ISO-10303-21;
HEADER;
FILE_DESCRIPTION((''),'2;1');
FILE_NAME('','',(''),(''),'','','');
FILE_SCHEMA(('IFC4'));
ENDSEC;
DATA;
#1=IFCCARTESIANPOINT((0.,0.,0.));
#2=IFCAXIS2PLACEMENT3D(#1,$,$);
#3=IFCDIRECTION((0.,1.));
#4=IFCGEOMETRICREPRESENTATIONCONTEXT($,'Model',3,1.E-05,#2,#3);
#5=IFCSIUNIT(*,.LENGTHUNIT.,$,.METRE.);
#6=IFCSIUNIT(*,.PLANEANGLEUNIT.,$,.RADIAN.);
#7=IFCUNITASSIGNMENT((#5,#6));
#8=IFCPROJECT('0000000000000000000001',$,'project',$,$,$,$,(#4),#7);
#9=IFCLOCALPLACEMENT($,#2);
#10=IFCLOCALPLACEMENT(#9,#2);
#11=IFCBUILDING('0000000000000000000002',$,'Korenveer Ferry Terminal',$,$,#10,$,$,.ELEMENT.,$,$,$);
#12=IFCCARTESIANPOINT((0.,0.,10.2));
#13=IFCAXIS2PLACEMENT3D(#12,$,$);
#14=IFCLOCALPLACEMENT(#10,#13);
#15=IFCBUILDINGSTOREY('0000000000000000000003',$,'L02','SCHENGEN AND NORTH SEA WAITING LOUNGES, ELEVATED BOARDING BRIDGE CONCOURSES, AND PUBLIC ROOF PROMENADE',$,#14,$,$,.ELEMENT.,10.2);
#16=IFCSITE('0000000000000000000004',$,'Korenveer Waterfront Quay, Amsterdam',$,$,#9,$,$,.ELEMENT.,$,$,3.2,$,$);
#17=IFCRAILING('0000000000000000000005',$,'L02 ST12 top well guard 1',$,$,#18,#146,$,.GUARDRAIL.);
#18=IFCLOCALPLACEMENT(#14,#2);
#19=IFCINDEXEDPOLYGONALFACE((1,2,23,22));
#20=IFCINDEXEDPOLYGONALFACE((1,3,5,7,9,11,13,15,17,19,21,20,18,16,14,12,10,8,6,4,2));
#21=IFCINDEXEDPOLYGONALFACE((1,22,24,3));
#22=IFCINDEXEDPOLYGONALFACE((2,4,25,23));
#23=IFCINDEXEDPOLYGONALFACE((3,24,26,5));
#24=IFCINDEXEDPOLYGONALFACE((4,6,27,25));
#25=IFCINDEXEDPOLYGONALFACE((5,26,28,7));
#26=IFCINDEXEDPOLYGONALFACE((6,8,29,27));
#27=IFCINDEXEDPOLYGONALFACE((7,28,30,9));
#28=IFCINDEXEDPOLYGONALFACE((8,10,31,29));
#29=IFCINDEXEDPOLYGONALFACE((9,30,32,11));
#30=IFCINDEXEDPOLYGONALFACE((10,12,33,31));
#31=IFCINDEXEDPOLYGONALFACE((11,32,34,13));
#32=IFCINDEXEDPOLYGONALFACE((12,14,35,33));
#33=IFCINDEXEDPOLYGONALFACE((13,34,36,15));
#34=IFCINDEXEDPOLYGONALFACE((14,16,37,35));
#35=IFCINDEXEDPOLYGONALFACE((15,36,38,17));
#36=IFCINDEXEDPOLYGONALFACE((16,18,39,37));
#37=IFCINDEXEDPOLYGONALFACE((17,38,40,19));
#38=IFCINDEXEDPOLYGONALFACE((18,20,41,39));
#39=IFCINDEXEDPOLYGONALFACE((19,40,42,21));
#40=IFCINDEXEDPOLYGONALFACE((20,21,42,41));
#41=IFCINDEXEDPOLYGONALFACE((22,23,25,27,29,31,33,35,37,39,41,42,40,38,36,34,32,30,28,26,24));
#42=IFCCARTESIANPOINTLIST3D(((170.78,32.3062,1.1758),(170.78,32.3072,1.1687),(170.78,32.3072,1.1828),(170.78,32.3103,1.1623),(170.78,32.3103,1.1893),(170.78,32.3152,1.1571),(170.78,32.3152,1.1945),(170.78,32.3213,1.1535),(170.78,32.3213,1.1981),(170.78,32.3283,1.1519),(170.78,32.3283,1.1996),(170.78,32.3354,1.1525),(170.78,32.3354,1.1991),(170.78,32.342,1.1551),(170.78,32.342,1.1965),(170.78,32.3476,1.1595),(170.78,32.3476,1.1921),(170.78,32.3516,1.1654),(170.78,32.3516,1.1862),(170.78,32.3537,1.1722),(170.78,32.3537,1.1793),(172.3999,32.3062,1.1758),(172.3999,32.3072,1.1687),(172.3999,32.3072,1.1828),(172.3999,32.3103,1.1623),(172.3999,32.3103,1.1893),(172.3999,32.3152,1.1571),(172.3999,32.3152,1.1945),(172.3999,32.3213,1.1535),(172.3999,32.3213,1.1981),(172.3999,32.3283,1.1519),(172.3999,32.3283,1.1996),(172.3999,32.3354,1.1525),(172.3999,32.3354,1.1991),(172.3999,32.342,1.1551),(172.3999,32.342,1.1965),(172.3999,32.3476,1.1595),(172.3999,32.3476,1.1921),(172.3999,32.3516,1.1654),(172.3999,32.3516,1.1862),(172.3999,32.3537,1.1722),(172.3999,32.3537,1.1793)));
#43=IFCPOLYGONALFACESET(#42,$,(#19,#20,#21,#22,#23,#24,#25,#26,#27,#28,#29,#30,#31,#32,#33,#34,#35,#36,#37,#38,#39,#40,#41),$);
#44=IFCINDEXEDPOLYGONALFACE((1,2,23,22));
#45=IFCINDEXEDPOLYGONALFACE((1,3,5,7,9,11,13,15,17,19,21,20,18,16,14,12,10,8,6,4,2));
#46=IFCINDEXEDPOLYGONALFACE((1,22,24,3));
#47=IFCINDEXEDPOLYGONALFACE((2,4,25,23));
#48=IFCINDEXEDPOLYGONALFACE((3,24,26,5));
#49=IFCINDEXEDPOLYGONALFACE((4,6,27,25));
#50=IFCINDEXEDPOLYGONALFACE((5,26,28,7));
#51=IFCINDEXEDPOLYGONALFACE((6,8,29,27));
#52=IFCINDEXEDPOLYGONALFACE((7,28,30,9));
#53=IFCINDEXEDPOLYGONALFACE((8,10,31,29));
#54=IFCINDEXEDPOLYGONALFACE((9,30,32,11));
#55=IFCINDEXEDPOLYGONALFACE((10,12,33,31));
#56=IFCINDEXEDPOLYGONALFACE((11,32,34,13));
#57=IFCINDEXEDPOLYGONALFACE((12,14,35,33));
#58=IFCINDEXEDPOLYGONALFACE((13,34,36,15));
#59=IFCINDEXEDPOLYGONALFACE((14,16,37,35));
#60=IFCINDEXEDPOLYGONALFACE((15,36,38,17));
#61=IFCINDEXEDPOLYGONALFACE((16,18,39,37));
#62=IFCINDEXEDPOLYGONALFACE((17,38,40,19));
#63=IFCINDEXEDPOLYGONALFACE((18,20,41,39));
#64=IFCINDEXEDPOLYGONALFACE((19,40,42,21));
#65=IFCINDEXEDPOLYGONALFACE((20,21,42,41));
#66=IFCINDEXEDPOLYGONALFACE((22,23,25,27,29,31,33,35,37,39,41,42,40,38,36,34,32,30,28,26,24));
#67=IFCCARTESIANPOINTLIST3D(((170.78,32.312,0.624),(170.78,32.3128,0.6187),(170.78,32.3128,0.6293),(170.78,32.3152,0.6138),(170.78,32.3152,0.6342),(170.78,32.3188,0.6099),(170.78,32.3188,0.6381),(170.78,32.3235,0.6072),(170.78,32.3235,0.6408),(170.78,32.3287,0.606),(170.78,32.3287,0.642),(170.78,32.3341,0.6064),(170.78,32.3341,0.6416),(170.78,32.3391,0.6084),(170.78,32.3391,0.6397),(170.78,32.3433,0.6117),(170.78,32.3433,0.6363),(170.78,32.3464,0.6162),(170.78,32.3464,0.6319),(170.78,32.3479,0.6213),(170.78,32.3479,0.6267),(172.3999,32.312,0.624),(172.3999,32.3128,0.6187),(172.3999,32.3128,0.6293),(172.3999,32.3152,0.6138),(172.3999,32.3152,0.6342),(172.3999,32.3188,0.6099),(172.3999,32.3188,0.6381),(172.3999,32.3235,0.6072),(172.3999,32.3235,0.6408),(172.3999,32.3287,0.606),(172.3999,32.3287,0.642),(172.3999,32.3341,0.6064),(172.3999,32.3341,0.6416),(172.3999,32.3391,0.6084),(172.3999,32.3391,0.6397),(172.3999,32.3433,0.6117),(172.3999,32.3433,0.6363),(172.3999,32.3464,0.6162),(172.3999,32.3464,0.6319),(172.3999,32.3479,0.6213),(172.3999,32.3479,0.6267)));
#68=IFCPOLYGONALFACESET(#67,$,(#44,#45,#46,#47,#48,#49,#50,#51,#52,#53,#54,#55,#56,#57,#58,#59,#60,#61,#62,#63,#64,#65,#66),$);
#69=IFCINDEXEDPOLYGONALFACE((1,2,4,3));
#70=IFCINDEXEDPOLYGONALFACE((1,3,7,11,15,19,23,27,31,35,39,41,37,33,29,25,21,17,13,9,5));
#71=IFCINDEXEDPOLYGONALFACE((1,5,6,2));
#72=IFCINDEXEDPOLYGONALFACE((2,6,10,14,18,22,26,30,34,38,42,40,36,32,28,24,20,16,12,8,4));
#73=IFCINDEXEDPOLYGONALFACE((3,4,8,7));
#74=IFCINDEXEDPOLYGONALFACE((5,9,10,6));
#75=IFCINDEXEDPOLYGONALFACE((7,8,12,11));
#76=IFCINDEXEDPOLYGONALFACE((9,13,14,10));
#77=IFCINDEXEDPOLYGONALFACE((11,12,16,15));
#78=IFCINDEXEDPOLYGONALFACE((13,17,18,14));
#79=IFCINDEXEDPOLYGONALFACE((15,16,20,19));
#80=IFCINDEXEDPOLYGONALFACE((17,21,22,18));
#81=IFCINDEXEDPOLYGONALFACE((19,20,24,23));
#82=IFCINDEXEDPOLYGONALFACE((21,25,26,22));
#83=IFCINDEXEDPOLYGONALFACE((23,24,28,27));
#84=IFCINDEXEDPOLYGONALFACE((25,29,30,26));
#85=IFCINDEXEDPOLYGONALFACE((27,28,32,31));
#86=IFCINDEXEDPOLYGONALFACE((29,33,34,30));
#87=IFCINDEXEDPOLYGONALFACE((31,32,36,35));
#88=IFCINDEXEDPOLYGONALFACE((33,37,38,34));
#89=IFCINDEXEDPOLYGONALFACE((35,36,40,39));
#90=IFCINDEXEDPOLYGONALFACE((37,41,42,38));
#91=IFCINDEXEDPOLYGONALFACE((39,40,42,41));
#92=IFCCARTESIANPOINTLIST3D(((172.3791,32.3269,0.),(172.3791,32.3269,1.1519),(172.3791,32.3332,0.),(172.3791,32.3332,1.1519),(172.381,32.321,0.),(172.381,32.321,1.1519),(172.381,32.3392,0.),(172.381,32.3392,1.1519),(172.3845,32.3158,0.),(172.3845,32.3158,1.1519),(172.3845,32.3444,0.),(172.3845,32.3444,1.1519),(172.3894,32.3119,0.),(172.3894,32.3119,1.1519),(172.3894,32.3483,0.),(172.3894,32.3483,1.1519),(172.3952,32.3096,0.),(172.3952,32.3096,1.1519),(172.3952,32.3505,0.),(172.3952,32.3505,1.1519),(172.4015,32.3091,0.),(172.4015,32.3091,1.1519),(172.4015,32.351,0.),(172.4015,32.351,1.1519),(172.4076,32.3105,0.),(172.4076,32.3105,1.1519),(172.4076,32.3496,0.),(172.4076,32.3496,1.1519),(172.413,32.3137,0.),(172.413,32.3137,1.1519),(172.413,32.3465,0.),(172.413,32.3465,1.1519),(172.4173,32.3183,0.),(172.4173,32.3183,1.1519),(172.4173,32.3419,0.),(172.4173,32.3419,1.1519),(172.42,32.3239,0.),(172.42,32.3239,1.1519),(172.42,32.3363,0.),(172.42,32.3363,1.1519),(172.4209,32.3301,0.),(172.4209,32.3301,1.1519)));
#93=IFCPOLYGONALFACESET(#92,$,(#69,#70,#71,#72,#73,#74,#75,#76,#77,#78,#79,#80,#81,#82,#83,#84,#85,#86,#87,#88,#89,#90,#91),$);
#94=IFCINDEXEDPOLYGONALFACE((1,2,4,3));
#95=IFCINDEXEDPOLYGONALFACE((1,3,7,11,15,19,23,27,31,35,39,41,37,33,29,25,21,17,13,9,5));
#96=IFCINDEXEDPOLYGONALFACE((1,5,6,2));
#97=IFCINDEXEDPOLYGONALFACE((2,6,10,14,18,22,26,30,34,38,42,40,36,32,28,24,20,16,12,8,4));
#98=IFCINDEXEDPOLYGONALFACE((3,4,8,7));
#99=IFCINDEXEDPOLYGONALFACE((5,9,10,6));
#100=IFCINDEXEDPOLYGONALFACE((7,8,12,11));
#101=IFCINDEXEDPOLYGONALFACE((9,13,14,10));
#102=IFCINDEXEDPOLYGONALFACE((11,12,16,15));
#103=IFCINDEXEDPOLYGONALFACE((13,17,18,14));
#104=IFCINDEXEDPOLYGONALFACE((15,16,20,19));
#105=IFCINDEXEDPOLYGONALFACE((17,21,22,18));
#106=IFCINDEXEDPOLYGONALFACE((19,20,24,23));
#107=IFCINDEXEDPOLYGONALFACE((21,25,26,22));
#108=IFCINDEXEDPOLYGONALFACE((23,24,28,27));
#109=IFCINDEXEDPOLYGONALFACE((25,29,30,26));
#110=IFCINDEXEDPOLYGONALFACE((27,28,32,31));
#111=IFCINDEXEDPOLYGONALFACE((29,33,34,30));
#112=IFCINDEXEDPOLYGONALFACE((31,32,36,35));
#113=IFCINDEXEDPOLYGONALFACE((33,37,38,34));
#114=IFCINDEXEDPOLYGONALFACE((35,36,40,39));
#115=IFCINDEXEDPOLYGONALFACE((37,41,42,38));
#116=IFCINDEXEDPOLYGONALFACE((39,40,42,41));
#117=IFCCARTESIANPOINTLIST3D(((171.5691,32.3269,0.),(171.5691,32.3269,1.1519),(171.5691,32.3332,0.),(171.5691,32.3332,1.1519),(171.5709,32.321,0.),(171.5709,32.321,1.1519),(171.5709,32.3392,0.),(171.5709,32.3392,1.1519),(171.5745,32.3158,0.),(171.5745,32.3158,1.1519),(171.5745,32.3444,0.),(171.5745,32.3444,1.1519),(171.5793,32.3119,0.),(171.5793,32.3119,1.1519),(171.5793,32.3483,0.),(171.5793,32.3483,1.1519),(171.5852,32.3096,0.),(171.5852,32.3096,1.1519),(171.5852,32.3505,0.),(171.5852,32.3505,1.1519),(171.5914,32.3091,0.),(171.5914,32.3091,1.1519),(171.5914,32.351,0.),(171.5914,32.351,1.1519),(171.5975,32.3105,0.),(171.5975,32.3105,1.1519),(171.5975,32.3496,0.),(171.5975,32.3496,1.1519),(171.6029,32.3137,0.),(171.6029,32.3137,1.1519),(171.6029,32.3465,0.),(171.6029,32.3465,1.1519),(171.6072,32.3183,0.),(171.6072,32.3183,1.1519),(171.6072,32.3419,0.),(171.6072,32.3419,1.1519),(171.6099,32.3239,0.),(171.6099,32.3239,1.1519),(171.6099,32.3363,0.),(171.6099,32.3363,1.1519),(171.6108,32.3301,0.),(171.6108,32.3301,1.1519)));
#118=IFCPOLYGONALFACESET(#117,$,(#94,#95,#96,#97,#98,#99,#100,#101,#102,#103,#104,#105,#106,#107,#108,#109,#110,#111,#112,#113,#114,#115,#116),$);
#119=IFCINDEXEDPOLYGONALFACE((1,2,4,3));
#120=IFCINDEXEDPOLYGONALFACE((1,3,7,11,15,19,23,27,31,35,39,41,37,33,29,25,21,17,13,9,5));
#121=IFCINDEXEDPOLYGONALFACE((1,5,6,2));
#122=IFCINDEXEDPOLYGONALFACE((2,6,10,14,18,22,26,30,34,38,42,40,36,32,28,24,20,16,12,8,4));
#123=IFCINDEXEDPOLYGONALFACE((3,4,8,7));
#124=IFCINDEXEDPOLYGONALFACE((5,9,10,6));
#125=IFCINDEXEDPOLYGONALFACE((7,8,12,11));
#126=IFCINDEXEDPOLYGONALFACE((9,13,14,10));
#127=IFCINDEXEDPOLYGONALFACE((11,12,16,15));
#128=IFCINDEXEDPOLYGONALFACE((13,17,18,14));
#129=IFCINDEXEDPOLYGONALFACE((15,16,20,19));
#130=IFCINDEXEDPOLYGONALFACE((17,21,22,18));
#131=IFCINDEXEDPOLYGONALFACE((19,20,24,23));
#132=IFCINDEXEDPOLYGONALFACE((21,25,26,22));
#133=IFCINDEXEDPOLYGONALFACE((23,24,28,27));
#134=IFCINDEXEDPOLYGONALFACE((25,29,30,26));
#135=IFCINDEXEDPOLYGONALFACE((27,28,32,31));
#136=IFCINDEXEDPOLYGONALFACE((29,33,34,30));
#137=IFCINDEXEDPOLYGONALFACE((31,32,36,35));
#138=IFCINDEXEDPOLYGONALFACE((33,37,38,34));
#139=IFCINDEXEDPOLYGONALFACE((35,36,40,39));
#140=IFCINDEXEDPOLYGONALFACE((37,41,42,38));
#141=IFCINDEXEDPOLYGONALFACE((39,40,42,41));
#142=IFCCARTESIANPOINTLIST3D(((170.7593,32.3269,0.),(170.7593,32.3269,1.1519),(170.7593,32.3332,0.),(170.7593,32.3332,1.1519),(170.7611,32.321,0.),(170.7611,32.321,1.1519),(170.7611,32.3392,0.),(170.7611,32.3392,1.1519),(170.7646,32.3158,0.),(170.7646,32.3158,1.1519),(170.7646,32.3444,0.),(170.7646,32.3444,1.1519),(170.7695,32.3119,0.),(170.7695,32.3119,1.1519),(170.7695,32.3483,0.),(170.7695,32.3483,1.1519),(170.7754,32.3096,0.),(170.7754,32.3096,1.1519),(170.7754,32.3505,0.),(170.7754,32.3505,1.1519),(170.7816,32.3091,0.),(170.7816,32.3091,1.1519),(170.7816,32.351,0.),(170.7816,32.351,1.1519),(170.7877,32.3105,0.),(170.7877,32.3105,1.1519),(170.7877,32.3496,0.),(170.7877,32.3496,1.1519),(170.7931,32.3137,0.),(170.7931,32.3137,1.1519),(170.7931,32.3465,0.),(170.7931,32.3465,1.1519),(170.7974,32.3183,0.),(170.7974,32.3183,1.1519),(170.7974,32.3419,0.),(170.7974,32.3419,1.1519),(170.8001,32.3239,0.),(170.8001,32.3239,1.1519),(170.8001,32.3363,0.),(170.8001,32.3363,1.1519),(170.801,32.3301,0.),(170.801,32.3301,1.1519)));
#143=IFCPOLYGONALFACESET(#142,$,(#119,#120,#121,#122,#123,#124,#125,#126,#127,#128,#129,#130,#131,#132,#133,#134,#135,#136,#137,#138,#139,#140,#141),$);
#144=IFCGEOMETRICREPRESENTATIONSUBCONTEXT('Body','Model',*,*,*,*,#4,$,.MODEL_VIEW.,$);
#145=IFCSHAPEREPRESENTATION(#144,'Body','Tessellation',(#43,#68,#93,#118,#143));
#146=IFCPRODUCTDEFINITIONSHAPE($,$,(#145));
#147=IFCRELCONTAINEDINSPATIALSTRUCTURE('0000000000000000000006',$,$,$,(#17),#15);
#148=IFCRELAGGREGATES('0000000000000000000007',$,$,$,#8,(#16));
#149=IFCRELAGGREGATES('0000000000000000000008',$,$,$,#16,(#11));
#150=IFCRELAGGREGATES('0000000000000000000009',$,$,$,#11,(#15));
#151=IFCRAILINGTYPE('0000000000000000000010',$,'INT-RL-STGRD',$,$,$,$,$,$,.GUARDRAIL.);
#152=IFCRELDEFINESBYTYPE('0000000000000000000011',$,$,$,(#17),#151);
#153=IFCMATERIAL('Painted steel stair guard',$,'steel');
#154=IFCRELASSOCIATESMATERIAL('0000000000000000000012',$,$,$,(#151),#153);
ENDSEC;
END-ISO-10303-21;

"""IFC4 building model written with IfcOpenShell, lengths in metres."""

from ifc_helpers import new_model, si_unit, direction, frame, origin, origin_2d, place, context, subcontext, project, spatial, circle, extrude, material, type_object, element, save


model = new_model("IFC4")

# Units and contexts
model_context = context("Model", 3, precision=1e-05, world=origin(), true_north=direction((0.0, 1.0)))
body_context = subcontext(model_context, "Body", "Model", "MODEL_VIEW")
ifc_project = project(units=[si_unit("LENGTHUNIT", "METRE"), si_unit("PLANEANGLEUNIT", "RADIAN")], contexts=[model_context])

# Site, building, storey
site_placement = place(None, origin())
site = spatial("IfcSite", under=ifc_project, at=site_placement, Name="Korenveer Waterfront Quay, Amsterdam", CompositionType="ELEMENT", RefElevation=3.2)
building_placement = place(site_placement, origin())
building = spatial("IfcBuilding", under=site, at=building_placement, Name="Korenveer Ferry Terminal", CompositionType="ELEMENT")
storey_placement = place(building_placement, frame((0.0, 0.0, 10.2)))
storey = spatial("IfcBuildingStorey", under=building, at=storey_placement, Name="L02", Description="SCHENGEN AND NORTH SEA WAITING LOUNGES, ELEVATED BOARDING BRIDGE CONCOURSES, AND PUBLIC ROOF PROMENADE", CompositionType="ELEMENT", Elevation=10.2)

# Railing
ifc_material_1 = material(Name="Painted steel stair guard", Category="steel")
railing_type = type_object("IfcRailingType", Name="INT-RL-STGRD", PredefinedType="GUARDRAIL", material=ifc_material_1)
railing_placement = place(storey_placement, frame((172.3999, 32.3301, 0.0)))
element("IfcRailing", 1, at=railing_placement, inside=storey, type_object=railing_type, Name="L02 ST12 top well guard 1", PredefinedType="GUARDRAIL", context=body_context, shape_type="SweptSolid", body=[
    extrude(circle(Radius=0.0239, at=origin_2d()), frame((0.0, 0.0, 1.1758), z_axis=(-1.0, 0.0, 0.0), x_axis=(0.0, -1.0, 0.0)), (0.0, 0.0, 1.0), 1.6199),
    extrude(circle(Radius=0.0181, at=origin_2d()), frame((0.0, 0.0, 0.624), z_axis=(-1.0, 0.0, 0.0), x_axis=(0.0, -1.0, 0.0)), (0.0, 0.0, 1.0), 1.6199),
    extrude(circle(Radius=0.021, at=origin_2d()), origin(), (0.0, 0.0, 1.0), 1.1519),
    extrude(circle(Radius=0.021, at=origin_2d()), frame((-0.8101, 0.0, 0.0)), (0.0, 0.0, 1.0), 1.1519),
    extrude(circle(Radius=0.021, at=origin_2d()), frame((-1.6199, 0.0, 0.0)), (0.0, 0.0, 1.0), 1.1519),
])

save(model, "model.ifc")
